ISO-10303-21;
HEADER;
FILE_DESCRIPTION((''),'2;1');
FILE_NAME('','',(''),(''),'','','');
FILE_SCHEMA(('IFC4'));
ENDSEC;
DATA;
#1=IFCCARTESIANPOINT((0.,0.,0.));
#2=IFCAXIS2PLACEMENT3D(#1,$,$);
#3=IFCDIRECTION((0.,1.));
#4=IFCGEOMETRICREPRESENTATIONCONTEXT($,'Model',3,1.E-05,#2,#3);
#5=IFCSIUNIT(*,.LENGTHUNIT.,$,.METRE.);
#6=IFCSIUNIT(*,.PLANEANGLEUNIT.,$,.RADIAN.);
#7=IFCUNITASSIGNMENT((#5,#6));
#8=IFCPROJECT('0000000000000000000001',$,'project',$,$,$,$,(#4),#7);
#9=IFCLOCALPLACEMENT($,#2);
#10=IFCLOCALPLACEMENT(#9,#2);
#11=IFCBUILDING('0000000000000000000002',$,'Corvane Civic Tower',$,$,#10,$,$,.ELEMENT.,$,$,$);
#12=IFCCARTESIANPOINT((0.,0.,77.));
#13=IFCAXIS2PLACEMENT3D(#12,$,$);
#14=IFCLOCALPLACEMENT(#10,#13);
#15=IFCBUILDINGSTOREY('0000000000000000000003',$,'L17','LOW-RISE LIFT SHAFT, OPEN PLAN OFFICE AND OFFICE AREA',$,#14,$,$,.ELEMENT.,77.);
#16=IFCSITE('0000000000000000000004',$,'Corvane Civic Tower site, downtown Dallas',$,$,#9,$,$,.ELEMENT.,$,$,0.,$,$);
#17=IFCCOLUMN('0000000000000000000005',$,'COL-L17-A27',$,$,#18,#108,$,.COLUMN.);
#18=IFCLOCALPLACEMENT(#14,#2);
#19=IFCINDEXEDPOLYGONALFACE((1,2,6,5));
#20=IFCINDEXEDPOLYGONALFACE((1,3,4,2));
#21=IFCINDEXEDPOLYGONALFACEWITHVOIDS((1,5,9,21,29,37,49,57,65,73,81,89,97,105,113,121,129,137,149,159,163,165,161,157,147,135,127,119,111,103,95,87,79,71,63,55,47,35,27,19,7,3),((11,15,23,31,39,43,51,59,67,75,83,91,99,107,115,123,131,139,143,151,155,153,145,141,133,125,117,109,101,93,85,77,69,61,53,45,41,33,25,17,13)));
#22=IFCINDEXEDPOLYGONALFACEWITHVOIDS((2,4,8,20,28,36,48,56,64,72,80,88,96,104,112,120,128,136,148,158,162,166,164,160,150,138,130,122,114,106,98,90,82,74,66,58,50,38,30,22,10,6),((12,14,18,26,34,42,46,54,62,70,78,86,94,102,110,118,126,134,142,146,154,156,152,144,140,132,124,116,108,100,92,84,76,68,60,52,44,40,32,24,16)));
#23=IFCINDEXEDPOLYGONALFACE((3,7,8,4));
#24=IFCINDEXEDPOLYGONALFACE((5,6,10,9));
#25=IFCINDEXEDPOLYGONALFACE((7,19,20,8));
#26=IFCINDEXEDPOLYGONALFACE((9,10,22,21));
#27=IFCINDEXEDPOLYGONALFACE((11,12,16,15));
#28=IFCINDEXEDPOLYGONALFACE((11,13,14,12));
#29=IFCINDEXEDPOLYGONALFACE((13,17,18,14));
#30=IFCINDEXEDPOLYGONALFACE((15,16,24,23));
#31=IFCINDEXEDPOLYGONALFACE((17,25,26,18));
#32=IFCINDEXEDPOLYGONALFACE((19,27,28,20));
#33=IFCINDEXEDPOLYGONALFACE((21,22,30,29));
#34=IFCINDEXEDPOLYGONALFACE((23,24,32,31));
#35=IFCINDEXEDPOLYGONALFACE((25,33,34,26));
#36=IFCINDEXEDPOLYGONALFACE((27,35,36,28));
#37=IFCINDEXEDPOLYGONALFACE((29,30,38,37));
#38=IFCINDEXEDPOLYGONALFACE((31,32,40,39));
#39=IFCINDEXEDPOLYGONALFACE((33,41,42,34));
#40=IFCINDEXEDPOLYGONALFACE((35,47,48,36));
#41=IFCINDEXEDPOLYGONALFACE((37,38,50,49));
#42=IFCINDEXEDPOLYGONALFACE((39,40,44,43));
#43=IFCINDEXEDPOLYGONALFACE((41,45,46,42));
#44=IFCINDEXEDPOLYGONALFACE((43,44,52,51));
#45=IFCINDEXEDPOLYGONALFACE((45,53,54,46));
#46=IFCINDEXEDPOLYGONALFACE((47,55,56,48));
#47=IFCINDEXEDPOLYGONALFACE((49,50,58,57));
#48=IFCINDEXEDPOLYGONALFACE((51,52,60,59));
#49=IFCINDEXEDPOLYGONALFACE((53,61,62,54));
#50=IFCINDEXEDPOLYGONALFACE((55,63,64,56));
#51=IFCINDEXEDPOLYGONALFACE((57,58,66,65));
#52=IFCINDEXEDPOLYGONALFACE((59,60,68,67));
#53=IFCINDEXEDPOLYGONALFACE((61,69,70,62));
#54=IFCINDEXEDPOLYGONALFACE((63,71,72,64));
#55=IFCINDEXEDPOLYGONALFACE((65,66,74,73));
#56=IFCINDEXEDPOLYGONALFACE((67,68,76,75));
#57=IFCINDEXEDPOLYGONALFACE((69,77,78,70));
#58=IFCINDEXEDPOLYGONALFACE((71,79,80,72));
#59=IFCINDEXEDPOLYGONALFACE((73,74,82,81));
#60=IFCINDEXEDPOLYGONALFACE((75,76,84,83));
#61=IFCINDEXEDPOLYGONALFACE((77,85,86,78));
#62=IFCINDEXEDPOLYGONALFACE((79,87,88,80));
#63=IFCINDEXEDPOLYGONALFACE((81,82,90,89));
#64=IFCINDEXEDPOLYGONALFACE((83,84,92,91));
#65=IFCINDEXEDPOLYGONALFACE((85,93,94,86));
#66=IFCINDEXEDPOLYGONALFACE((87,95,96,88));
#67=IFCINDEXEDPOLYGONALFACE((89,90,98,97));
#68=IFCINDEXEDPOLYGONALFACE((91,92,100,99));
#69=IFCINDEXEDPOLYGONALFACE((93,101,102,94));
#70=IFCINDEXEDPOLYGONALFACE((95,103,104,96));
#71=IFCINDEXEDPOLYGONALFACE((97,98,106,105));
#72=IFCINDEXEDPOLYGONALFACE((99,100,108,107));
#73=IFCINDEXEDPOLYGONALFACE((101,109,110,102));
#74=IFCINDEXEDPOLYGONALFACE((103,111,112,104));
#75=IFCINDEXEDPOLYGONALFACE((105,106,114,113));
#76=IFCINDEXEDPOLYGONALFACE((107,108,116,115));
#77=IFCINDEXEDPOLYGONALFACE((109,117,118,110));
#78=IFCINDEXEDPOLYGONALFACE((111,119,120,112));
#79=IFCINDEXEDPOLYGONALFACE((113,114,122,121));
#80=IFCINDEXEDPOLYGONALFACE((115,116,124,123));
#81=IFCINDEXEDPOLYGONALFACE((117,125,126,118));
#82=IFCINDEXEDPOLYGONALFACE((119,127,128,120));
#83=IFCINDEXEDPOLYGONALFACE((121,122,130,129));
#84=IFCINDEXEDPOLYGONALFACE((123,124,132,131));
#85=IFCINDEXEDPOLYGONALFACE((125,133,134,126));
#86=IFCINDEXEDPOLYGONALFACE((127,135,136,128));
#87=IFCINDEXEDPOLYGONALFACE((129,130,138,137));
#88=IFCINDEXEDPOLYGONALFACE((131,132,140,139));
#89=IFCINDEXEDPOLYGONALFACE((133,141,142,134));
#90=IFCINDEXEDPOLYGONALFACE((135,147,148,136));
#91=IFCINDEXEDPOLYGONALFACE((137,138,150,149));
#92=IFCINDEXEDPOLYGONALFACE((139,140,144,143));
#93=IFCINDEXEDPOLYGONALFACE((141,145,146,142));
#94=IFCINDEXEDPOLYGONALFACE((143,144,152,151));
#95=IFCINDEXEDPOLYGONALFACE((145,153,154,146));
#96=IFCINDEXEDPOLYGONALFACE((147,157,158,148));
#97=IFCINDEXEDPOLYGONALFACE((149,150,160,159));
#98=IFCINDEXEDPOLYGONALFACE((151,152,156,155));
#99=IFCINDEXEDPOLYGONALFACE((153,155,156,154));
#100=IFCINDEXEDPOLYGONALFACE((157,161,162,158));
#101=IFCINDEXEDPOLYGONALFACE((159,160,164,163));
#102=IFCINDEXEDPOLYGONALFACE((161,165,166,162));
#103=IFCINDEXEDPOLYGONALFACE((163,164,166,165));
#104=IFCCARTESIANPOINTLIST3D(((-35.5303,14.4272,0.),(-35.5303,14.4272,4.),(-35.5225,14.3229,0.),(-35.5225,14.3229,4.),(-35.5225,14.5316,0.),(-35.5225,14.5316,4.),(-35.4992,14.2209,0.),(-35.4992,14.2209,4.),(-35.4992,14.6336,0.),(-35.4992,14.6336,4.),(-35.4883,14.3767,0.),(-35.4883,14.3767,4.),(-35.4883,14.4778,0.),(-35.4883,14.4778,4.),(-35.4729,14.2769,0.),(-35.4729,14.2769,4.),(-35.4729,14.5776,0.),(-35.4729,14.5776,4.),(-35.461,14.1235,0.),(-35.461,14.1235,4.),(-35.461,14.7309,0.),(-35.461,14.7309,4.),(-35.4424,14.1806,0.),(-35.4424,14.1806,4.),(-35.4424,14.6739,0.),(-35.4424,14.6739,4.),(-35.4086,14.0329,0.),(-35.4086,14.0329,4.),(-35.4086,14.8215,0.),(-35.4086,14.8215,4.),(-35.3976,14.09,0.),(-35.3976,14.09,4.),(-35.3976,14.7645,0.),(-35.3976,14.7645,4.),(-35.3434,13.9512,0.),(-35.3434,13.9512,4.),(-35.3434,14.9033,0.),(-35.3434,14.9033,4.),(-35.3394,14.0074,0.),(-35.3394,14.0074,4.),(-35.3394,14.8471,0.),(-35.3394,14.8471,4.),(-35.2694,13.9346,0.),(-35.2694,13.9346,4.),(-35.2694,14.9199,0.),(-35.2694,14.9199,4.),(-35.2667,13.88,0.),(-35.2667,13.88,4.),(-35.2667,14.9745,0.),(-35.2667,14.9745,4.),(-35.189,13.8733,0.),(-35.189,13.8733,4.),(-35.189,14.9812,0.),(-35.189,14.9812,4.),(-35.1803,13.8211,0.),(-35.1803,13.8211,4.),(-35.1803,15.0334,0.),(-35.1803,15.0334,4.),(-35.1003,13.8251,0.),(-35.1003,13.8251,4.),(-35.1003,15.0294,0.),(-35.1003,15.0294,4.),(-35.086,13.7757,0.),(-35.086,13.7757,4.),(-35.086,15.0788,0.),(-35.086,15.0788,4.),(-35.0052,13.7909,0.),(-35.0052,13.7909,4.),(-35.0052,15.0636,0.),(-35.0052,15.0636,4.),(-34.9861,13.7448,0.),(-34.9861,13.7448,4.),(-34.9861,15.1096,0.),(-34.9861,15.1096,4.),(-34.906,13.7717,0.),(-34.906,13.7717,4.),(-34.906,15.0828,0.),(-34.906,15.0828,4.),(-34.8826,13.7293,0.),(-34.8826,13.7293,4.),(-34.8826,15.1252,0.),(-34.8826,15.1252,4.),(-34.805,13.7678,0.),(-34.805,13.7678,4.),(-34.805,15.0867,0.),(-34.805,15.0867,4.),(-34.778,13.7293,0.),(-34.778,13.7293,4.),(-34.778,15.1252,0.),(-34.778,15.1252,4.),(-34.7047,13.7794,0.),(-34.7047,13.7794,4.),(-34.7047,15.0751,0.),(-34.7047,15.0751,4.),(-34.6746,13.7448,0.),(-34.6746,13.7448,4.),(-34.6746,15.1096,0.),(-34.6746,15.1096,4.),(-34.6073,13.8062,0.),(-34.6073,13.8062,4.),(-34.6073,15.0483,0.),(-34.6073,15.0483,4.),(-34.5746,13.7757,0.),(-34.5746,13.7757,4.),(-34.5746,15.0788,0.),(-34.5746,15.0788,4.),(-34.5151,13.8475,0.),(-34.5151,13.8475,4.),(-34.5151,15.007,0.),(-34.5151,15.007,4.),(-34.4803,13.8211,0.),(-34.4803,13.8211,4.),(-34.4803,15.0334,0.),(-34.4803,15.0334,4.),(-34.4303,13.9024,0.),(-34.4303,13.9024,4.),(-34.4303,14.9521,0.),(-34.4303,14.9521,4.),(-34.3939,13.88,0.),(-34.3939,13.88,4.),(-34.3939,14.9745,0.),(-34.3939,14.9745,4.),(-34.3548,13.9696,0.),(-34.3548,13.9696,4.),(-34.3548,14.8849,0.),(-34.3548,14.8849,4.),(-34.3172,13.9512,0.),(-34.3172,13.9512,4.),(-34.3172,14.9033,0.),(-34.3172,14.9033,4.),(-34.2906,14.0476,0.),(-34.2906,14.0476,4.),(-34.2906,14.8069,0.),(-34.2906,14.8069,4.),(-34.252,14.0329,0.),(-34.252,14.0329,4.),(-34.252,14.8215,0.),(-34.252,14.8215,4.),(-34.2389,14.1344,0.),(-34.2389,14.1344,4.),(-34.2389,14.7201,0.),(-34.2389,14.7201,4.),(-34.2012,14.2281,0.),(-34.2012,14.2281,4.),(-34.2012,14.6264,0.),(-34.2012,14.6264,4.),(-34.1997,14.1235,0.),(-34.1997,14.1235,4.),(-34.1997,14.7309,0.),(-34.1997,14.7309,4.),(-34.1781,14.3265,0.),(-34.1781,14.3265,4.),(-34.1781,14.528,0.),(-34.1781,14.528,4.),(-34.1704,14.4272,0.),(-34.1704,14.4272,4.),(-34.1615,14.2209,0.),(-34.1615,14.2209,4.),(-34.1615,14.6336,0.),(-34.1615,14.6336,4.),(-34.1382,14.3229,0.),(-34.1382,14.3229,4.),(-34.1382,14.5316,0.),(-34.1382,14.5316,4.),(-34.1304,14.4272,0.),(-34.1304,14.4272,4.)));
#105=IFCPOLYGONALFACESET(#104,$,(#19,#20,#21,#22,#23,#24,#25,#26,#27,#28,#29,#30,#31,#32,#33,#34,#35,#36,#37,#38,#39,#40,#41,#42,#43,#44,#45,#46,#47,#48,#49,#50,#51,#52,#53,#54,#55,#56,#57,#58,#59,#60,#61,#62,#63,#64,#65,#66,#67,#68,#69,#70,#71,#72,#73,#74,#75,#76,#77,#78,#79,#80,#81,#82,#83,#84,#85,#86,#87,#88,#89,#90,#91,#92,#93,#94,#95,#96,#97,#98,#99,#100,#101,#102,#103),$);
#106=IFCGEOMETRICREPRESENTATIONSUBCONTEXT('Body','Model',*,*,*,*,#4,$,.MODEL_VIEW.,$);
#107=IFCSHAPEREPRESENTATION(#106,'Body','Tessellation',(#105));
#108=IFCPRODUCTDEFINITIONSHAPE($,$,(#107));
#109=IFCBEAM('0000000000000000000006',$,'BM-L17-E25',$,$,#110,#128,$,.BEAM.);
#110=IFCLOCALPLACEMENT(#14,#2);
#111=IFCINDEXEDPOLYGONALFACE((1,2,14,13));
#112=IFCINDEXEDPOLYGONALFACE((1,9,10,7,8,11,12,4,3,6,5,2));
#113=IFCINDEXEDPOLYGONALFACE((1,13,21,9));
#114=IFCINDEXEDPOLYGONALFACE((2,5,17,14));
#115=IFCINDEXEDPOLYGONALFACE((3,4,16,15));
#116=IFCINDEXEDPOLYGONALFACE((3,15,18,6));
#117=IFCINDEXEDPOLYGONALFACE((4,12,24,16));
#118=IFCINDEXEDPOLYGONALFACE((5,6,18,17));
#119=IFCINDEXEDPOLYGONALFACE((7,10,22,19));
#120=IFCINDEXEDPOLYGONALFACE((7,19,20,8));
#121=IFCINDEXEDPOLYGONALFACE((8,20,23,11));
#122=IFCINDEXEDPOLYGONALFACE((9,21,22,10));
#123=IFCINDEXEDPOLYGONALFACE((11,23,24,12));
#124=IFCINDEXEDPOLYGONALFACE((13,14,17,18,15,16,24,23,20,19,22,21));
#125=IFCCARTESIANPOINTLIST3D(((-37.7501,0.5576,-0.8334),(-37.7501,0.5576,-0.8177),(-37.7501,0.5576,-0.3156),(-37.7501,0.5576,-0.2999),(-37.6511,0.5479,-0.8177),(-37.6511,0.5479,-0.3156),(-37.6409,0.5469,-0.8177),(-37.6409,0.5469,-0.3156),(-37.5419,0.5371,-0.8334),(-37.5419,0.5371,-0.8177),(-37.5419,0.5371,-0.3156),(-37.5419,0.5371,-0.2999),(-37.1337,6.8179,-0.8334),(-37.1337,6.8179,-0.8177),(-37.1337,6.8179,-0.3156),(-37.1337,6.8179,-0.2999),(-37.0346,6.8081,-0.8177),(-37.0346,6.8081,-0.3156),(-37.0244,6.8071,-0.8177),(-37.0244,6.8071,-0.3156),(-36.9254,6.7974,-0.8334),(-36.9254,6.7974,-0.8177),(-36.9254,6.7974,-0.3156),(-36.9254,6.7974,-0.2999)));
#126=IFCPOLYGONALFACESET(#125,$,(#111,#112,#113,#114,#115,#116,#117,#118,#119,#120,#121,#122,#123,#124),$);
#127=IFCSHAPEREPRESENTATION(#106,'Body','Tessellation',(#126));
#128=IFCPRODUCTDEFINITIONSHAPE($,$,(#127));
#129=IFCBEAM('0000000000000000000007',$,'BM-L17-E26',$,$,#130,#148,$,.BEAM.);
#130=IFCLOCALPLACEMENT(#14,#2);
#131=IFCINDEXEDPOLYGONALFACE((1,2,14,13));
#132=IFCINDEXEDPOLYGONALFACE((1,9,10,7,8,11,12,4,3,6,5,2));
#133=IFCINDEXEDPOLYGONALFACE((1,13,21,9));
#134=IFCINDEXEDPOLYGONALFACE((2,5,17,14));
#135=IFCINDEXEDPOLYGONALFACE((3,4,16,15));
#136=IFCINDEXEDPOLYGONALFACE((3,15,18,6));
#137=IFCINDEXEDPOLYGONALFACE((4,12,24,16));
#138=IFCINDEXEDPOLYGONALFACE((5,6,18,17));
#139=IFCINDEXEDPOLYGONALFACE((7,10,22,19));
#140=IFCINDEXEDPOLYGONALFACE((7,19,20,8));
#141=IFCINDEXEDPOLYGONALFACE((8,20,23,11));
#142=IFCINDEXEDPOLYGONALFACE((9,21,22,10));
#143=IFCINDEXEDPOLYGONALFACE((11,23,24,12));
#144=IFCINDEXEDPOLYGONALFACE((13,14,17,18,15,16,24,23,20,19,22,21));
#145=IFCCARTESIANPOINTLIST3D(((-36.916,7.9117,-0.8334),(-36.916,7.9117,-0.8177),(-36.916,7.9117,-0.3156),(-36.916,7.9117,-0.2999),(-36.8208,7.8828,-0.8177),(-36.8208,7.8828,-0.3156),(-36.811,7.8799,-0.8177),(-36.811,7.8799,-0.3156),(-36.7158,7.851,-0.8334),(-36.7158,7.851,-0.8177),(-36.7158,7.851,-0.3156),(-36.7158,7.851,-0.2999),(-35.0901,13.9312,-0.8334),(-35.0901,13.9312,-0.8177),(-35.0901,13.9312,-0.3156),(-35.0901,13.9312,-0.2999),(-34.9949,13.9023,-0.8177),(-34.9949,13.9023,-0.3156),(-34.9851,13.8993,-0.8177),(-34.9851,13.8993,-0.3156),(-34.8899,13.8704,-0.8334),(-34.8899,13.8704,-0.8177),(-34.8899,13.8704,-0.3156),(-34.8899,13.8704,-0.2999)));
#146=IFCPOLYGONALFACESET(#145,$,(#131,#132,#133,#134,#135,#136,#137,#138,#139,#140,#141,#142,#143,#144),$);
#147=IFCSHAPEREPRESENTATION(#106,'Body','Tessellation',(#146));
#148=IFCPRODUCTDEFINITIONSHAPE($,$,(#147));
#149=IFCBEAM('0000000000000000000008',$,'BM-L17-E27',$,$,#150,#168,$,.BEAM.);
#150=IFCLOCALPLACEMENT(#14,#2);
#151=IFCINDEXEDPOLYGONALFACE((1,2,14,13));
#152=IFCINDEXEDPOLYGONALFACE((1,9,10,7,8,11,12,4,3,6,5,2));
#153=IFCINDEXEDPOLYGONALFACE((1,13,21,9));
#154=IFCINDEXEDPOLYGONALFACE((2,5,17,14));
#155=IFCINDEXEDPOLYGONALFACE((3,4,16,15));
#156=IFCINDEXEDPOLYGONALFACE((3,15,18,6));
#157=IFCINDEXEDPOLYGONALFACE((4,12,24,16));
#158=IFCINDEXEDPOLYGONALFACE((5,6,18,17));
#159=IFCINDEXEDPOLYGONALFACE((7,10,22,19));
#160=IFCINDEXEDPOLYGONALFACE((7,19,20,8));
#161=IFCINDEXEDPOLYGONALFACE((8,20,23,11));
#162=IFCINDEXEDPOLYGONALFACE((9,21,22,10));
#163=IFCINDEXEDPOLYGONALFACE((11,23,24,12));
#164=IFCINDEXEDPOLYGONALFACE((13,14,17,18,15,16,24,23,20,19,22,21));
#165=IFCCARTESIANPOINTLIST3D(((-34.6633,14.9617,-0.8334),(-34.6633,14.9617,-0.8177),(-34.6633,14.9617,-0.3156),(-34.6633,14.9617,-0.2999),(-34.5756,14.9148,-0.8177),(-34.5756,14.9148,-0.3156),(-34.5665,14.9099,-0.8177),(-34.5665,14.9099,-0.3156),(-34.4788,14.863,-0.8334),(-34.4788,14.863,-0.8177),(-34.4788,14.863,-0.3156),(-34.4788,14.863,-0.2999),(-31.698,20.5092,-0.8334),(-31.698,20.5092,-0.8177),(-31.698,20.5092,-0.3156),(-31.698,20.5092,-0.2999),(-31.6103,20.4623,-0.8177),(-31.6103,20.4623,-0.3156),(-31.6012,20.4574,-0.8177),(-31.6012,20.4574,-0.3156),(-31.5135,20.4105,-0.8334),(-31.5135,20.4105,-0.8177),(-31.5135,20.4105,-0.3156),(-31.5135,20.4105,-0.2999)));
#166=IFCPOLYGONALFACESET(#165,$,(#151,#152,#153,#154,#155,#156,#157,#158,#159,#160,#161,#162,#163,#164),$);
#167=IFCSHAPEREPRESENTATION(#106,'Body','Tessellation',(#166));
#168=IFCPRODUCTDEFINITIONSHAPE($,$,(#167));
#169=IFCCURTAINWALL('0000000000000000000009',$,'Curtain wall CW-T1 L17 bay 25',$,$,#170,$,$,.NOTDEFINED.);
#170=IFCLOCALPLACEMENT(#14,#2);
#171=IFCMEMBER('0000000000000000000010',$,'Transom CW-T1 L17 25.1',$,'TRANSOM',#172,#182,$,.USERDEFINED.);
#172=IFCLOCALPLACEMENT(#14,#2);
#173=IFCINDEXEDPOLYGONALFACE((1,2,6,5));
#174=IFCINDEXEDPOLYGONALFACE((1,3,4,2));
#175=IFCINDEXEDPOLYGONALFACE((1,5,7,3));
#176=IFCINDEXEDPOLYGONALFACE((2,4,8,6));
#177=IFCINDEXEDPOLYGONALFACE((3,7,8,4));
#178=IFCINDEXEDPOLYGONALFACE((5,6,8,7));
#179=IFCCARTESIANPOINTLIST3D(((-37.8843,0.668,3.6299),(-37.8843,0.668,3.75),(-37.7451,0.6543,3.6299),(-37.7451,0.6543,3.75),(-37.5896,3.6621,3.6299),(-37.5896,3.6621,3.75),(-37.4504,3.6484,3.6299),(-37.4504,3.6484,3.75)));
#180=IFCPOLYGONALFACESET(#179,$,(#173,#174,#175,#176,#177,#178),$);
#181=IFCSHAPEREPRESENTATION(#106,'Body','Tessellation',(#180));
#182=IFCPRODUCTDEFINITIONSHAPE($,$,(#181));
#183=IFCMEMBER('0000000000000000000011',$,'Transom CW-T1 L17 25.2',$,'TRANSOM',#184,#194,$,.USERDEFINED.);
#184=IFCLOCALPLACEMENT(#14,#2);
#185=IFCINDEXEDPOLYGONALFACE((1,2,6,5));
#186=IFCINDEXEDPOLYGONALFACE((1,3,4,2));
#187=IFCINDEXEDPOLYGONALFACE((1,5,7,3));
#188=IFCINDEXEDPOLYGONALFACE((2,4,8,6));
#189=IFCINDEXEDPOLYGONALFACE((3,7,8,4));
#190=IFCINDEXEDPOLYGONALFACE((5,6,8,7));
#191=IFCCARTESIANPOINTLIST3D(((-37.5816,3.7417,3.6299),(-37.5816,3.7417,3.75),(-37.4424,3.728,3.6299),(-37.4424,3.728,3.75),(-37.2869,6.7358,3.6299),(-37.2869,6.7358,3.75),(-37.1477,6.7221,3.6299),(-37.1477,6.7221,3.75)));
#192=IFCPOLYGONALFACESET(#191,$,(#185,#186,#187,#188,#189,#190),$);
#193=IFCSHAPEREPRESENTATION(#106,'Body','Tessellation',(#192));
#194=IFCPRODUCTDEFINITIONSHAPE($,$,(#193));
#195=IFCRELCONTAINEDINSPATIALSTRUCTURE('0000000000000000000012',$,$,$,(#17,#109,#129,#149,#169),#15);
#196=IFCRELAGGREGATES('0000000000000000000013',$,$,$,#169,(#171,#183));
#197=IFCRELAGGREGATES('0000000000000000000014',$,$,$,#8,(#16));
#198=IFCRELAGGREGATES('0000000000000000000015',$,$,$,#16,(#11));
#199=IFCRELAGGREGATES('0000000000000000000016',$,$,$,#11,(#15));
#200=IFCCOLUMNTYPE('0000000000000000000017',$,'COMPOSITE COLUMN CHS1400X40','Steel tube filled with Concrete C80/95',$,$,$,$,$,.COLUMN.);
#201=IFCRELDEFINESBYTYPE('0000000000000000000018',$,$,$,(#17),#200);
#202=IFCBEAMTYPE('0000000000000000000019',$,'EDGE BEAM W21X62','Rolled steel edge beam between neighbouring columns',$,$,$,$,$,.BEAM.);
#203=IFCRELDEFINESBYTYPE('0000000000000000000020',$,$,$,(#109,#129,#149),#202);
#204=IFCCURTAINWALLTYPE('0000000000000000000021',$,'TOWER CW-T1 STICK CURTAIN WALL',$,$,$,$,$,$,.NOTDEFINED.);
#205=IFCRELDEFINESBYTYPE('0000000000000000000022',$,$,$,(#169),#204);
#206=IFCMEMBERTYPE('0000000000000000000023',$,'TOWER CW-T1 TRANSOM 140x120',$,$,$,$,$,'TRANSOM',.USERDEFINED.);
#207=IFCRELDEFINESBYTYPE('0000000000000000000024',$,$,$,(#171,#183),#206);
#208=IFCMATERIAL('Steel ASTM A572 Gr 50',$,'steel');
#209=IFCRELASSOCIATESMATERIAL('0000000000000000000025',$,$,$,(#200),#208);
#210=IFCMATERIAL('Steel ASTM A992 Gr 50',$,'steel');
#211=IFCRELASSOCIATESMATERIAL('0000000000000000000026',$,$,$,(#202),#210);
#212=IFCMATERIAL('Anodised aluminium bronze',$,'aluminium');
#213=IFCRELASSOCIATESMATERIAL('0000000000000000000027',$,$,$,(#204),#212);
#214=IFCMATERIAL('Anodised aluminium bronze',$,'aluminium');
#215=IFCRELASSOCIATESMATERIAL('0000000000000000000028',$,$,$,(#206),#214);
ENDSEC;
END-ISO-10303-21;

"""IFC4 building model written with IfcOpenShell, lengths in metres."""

from ifc_helpers import new_model, si_unit, direction, frame, origin, origin_2d, place, context, subcontext, project, spatial, rectangle, hollow_circle, i_section, extrude, material, material_profile, profile_set, type_object, element, aggregate, save


model = new_model("IFC4")

# Units and contexts
model_context = context("Model", 3, precision=1e-05, world=origin(), true_north=direction((0.0, 1.0)))
body_context = subcontext(model_context, "Body", "Model", "MODEL_VIEW")
ifc_project = project(units=[si_unit("LENGTHUNIT", "METRE"), si_unit("PLANEANGLEUNIT", "RADIAN")], contexts=[model_context])

# Site, building, storey
site_placement = place(None, origin())
site = spatial("IfcSite", under=ifc_project, at=site_placement, Name="Corvane Civic Tower site, downtown Dallas", CompositionType="ELEMENT", RefElevation=0.0)
building_placement = place(site_placement, origin())
building = spatial("IfcBuilding", under=site, at=building_placement, Name="Corvane Civic Tower", CompositionType="ELEMENT")
storey_placement = place(building_placement, frame((0.0, 0.0, 77.0)))
storey = spatial("IfcBuildingStorey", under=building, at=storey_placement, Name="L17", Description="LOW-RISE LIFT SHAFT, OPEN PLAN OFFICE AND OFFICE AREA", CompositionType="ELEMENT", Elevation=77.0)

# Column
ifc_material_1 = material(Name="Steel ASTM A572 Gr 50", Category="steel")
ifc_material_profile_1 = material_profile(ifc_material_1, hollow_circle(Radius=0.7, WallThickness=0.04, at=origin_2d()), Name="CHS1400X40")
ifc_profile_set_1 = profile_set([ifc_material_profile_1], Name="Steel ASTM A572 Gr 50")
column_type = type_object("IfcColumnType", Name="COMPOSITE COLUMN CHS1400X40", Description="Steel tube filled with Concrete C80/95", PredefinedType="COLUMN", material=ifc_profile_set_1)
for number, where, z_axis, x_axis, name in (
    (1, (-34.8303, 14.4272, 0.0), (0.0, 0.0, 1.0), (1.0, 0.0, 0.0), "COL-L17-A27"),
):
    element("IfcColumn", number, at=place(storey_placement, frame(where, z_axis=z_axis, x_axis=x_axis)), inside=storey, type_object=column_type, Name=name, PredefinedType="COLUMN", context=body_context, shape_type="SweptSolid", body=[
        extrude(hollow_circle(Radius=0.7, WallThickness=0.04, at=origin_2d()), origin(), (0.0, 0.0, 1.0), 4.0),
    ])

# Beams
ifc_material_2 = material(Name="Steel ASTM A992 Gr 50", Category="steel")
ifc_material_profile_2 = material_profile(ifc_material_2, i_section(OverallWidth=0.2092, OverallDepth=0.5334, WebThickness=0.0103, FlangeThickness=0.0156, at=origin_2d()), Name="W21X62")
ifc_profile_set_2 = profile_set([ifc_material_profile_2], Name="Steel ASTM A992 Gr 50")
beam_type = type_object("IfcBeamType", Name="EDGE BEAM W21X62", Description="Rolled steel edge beam between neighbouring columns", PredefinedType="BEAM", material=ifc_profile_set_2)
beam_placement = place(storey_placement, frame((-37.646, 0.5474, -0.5667), z_axis=(0.097997, 0.995187, 0.0), x_axis=(-0.995187, 0.097997, 0.0)))
element("IfcBeam", 2, at=beam_placement, inside=storey, type_object=beam_type, Name="BM-L17-E25", PredefinedType="BEAM", context=body_context, shape_type="SweptSolid", body=[
    extrude(i_section(OverallWidth=0.2092, OverallDepth=0.5334, WebThickness=0.0103, FlangeThickness=0.0156, at=origin_2d()), origin(), (0.0, 0.0, 1.0), 6.2905),
])
for number, where, z_axis, x_axis, name in (
    (3, (-36.8159, 7.8813, -0.5667), (0.290273, 0.956944, 0.0), (-0.956944, 0.290273, 0.0), "BM-L17-E26"),
    (4, (-34.571, 14.9124, -0.5667), (0.471406, 0.881916, 0.0), (-0.881916, 0.471406, 0.0), "BM-L17-E27"),
):
    element("IfcBeam", number, at=place(storey_placement, frame(where, z_axis=z_axis, x_axis=x_axis)), inside=storey, type_object=beam_type, Name=name, PredefinedType="BEAM", context=body_context, shape_type="SweptSolid", body=[
        extrude(i_section(OverallWidth=0.2092, OverallDepth=0.5334, WebThickness=0.0103, FlangeThickness=0.0156, at=origin_2d()), origin(), (0.0, 0.0, 1.0), 6.2903),
    ])

# Curtain wall, members
ifc_material_3 = material(Name="Anodised aluminium bronze", Category="aluminium")
curtain_wall_type = type_object("IfcCurtainWallType", Name="TOWER CW-T1 STICK CURTAIN WALL", PredefinedType="NOTDEFINED", material=ifc_material_3)
curtain_wall_1_placement = place(storey_placement, origin())
curtain_wall_1 = element("IfcCurtainWall", 5, at=curtain_wall_1_placement, inside=storey, type_object=curtain_wall_type, Name="Curtain wall CW-T1 L17 bay 25", PredefinedType="NOTDEFINED")
ifc_material_4 = material(Name="Anodised aluminium bronze", Category="aluminium")
ifc_material_profile_3 = material_profile(ifc_material_4, rectangle(XDim=0.1399, YDim=0.1201, at=origin_2d()), Name="TOWER CW-T1 TRANSOM 140x120")
ifc_profile_set_3 = profile_set([ifc_material_profile_3], Name="Anodised aluminium bronze")
member_type_1 = type_object("IfcMemberType", Name="TOWER CW-T1 TRANSOM 140x120", ElementType="TRANSOM", PredefinedType="USERDEFINED", material=ifc_profile_set_3)
member_1_placement = place(storey_placement, frame((-37.8147, 0.6611, 3.6899), z_axis=(0.097945, 0.995192, 0.0), x_axis=(-0.995192, 0.097945, 0.0)))
member_1 = element("IfcMember", 6, at=member_1_placement, type_object=member_type_1, Name="Transom CW-T1 L17 25.1", ObjectType="TRANSOM", PredefinedType="USERDEFINED", context=body_context, shape_type="SweptSolid", body=[
    extrude(rectangle(XDim=0.1399, YDim=0.1201, at=origin_2d()), origin(), (0.0, 0.0, 1.0), 3.0085),
])
member_2_placement = place(storey_placement, frame((-37.512, 3.7349, 3.6899), z_axis=(0.097945, 0.995192, 0.0), x_axis=(-0.995192, 0.097945, 0.0)))
member_2 = element("IfcMember", 7, at=member_2_placement, type_object=member_type_1, Name="Transom CW-T1 L17 25.2", ObjectType="TRANSOM", PredefinedType="USERDEFINED", context=body_context, shape_type="SweptSolid", body=[
    extrude(rectangle(XDim=0.1399, YDim=0.1201, at=origin_2d()), origin(), (0.0, 0.0, 1.0), 3.0085),
])

aggregate(curtain_wall_1, [member_1, member_2])

save(model, "model.ifc")
